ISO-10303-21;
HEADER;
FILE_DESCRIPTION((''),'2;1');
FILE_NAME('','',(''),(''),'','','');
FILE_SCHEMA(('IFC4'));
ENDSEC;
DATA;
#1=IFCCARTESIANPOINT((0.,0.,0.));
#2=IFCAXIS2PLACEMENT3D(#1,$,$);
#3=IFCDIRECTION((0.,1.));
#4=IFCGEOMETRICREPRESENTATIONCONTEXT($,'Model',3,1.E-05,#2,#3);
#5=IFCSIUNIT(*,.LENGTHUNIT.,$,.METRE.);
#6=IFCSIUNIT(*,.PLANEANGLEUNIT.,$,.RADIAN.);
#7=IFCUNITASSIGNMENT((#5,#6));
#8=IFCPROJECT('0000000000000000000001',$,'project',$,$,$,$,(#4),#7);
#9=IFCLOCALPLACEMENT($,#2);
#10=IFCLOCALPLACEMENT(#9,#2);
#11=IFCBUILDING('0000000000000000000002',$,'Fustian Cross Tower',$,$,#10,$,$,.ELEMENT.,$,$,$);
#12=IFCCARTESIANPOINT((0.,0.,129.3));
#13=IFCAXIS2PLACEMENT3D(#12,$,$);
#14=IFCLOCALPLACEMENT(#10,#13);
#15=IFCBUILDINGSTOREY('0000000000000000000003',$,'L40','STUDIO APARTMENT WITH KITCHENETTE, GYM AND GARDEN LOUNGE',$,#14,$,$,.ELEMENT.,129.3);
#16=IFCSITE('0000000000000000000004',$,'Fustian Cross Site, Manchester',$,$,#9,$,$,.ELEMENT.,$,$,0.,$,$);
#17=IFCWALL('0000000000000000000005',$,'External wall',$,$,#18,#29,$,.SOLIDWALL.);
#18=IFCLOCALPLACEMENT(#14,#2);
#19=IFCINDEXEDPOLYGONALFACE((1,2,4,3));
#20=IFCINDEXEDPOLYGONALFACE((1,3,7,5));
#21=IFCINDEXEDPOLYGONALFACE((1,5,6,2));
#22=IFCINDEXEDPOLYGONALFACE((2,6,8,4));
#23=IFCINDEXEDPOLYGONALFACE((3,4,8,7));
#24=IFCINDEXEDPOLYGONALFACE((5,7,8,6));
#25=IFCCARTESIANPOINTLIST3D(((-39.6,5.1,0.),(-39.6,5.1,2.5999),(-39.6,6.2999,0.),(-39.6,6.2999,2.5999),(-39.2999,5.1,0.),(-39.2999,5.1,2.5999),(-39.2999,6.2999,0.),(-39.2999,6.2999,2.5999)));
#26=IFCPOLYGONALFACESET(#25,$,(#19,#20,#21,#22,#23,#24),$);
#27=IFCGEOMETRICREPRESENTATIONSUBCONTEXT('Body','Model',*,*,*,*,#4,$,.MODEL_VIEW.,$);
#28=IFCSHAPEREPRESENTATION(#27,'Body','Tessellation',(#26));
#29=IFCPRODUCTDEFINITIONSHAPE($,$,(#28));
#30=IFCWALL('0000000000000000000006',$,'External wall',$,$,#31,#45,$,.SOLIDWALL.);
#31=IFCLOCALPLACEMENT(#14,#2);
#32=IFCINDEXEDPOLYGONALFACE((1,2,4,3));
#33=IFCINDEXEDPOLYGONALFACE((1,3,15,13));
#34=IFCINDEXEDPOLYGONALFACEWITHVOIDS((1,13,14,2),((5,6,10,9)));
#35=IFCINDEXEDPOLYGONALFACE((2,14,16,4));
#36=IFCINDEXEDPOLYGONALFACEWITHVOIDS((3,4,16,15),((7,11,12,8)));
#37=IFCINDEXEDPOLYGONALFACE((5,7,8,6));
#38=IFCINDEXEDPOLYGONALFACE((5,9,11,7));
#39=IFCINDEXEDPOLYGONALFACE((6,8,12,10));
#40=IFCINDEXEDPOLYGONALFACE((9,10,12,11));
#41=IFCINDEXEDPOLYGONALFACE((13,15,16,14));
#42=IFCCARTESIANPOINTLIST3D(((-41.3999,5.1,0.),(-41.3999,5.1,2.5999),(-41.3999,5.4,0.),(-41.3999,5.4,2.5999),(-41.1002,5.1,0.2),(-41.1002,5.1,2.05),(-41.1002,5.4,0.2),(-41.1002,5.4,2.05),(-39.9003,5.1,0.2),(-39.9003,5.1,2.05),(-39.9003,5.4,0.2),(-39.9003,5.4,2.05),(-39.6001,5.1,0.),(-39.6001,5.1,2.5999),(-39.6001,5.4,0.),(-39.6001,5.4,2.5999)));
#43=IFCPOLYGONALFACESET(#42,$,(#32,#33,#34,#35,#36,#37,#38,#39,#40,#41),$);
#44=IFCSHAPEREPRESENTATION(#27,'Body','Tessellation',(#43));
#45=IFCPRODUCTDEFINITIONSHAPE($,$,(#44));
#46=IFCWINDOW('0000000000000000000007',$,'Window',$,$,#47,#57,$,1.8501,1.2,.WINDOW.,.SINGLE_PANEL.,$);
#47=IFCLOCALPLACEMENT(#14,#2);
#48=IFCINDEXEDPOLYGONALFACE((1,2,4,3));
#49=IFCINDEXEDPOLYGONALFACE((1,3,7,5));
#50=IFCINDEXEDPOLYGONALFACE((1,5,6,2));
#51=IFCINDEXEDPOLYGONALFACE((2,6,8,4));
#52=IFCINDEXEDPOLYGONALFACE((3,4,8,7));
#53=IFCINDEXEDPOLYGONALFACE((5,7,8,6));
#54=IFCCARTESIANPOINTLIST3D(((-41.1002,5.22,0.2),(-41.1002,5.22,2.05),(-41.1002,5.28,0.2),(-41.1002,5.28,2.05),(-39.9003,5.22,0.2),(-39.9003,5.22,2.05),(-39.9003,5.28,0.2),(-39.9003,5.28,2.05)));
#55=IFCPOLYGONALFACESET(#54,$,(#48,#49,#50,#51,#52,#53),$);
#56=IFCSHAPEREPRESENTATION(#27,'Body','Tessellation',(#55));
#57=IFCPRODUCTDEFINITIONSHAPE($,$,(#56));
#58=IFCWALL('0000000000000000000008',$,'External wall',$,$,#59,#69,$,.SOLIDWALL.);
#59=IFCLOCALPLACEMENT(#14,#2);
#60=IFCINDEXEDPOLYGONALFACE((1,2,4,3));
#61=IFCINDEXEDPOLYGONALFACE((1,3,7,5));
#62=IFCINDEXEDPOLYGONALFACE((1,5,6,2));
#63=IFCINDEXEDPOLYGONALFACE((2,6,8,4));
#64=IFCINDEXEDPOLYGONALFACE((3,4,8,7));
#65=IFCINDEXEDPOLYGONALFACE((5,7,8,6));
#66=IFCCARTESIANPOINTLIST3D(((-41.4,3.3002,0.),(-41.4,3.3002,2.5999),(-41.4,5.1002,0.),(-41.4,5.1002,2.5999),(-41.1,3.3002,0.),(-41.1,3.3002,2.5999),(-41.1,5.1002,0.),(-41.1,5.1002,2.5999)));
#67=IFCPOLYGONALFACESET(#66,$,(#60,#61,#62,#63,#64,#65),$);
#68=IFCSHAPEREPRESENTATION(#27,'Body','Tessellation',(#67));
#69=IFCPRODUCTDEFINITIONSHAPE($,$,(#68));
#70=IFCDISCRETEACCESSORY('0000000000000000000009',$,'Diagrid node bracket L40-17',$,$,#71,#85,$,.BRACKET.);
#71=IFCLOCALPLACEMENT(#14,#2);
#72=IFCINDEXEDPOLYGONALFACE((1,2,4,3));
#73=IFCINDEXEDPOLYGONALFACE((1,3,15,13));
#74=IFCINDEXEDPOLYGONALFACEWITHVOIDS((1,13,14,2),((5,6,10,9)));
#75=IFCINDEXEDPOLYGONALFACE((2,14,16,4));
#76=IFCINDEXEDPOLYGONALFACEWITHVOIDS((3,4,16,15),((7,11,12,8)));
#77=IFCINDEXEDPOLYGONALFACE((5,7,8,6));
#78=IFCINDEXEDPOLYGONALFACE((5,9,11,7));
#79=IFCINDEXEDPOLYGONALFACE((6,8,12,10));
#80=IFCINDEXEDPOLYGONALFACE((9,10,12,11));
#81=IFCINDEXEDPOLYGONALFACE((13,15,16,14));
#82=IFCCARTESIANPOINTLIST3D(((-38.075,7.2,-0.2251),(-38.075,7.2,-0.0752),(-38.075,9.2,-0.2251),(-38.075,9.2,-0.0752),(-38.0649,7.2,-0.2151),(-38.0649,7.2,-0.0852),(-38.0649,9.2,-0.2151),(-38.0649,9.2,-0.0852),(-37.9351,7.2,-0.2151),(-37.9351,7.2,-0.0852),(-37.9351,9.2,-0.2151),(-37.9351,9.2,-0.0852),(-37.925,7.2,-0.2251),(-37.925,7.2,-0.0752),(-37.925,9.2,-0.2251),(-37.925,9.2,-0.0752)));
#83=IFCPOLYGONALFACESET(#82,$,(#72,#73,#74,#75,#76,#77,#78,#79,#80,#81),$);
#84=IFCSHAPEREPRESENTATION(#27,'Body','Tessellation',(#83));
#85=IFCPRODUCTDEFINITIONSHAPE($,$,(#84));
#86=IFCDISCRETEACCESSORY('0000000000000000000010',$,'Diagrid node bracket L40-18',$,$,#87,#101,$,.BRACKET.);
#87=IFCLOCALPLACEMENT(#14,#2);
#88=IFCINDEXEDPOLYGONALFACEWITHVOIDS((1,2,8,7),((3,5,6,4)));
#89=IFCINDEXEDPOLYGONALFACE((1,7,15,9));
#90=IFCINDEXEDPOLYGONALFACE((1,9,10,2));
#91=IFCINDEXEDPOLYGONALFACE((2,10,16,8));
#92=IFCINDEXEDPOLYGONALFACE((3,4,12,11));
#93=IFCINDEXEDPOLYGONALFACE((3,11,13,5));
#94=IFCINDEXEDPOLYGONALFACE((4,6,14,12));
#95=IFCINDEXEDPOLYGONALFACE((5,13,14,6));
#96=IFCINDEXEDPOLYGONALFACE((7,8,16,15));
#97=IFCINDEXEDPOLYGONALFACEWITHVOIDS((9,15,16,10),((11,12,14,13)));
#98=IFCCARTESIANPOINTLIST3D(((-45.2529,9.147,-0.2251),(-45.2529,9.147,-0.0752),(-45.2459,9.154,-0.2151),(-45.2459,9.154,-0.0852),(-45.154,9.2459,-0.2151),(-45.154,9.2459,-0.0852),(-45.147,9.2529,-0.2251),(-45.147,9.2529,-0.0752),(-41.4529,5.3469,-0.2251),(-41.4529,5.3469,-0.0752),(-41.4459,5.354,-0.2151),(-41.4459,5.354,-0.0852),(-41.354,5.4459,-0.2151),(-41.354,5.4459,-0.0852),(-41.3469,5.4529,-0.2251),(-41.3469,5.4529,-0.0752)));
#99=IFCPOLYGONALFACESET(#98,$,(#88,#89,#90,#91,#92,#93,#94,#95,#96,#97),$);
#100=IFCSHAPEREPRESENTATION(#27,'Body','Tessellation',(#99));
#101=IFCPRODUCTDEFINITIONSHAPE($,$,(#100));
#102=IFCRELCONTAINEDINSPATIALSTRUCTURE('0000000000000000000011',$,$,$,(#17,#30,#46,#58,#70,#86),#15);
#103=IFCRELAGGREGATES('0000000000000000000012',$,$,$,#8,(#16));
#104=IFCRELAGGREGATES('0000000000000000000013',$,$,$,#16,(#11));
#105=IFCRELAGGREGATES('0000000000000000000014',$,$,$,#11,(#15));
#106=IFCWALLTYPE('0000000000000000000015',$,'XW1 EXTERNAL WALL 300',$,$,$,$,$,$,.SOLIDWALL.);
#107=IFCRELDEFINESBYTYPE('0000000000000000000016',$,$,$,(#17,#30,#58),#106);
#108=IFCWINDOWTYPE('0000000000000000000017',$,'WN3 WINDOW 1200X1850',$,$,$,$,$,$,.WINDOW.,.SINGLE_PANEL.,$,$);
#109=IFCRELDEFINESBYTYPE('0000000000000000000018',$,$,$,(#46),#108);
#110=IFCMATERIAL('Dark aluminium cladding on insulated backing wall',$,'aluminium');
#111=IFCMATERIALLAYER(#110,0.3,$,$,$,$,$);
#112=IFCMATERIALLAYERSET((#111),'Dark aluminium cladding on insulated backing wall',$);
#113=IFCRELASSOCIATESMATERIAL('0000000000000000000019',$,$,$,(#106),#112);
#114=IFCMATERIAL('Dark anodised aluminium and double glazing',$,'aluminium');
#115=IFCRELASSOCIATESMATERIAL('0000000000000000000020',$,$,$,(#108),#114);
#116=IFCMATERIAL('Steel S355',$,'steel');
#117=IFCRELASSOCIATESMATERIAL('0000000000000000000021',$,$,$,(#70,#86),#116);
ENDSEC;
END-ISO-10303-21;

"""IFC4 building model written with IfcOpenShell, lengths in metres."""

from ifc_helpers import new_model, si_unit, direction, frame, frame_2d, origin, origin_2d, place, context, subcontext, project, spatial, rectangle, hollow_rectangle, extrude, material, layer, layer_set, type_object, element, fill, save


model = new_model("IFC4")

# Units and contexts
model_context = context("Model", 3, precision=1e-05, world=origin(), true_north=direction((0.0, 1.0)))
body_context = subcontext(model_context, "Body", "Model", "MODEL_VIEW")
ifc_project = project(units=[si_unit("LENGTHUNIT", "METRE"), si_unit("PLANEANGLEUNIT", "RADIAN")], contexts=[model_context])

# Site, building, storey
site_placement = place(None, origin())
site = spatial("IfcSite", under=ifc_project, at=site_placement, Name="Fustian Cross Site, Manchester", CompositionType="ELEMENT", RefElevation=0.0)
building_placement = place(site_placement, origin())
building = spatial("IfcBuilding", under=site, at=building_placement, Name="Fustian Cross Tower", CompositionType="ELEMENT")
storey_placement = place(building_placement, frame((0.0, 0.0, 129.3)))
storey = spatial("IfcBuildingStorey", under=building, at=storey_placement, Name="L40", Description="STUDIO APARTMENT WITH KITCHENETTE, GYM AND GARDEN LOUNGE", CompositionType="ELEMENT", Elevation=129.3)

# Shared definitions
ifc_material_1 = material(Name="Dark aluminium cladding on insulated backing wall", Category="aluminium")
ifc_layer = layer(ifc_material_1, 0.3)
ifc_layer_set = layer_set([ifc_layer], Name="Dark aluminium cladding on insulated backing wall")
wall_type = type_object("IfcWallType", Name="XW1 EXTERNAL WALL 300", PredefinedType="SOLIDWALL", material=ifc_layer_set)
ifc_material_2 = material(Name="Dark anodised aluminium and double glazing", Category="aluminium")
window_type = type_object("IfcWindowType", Name="WN3 WINDOW 1200X1850", PartitioningType="SINGLE_PANEL", PredefinedType="WINDOW", material=ifc_material_2)

# Wall
wall_1_placement = place(storey_placement, frame((-39.45, 6.3, 0.0), z_axis=(0.0, 0.0, 1.0), x_axis=(0.0, -1.0, 0.0)))
element("IfcWall", 1, at=wall_1_placement, inside=storey, type_object=wall_type, Name="External wall", PredefinedType="SOLIDWALL", context=body_context, shape_type="SweptSolid", body=[
    extrude(rectangle(XDim=1.2, YDim=0.3, at=frame_2d((0.6001, 0.0))), origin(), (0.0, 0.0, 1.0), 2.5999),
])

# Wall, opening, window
wall_2_placement = place(storey_placement, frame((-39.6001, 5.25, 0.0), z_axis=(0.0, 0.0, 1.0), x_axis=(-1.0, 0.0, 0.0)))
wall_2 = element("IfcWall", 2, at=wall_2_placement, inside=storey, type_object=wall_type, Name="External wall", PredefinedType="SOLIDWALL", context=body_context, shape_type="SweptSolid", body=[
    extrude(rectangle(XDim=1.7998, YDim=0.3, at=frame_2d((0.8999, 0.0))), origin(), (0.0, 0.0, 1.0), 2.5999),
])
opening_1_placement = place(wall_2_placement, frame((0.3, 0.0, 0.2)))
opening_1 = element("IfcOpeningElement", 3, at=opening_1_placement, cuts=wall_2, PredefinedType="OPENING", context=body_context, shape_type="SweptSolid", body=[
    extrude(rectangle(XDim=1.2, YDim=1.8501, at=frame_2d((0.6001, 0.925))), frame((0.0, 0.1599, 0.0), z_axis=(0.0, -1.0, 0.0), x_axis=(1.0, 0.0, 0.0)), (0.0, 0.0, 1.0), 0.3201),
])
window_1_placement = place(opening_1_placement, origin())
window_1 = element("IfcWindow", 4, at=window_1_placement, inside=storey, type_object=window_type, Name="Window", OverallHeight=1.8501, OverallWidth=1.2, PartitioningType="SINGLE_PANEL", PredefinedType="WINDOW", context=body_context, shape_type="SweptSolid", body=[
    extrude(rectangle(XDim=1.2, YDim=1.8501, at=frame_2d((0.6001, 0.925))), frame((0.0, 0.03, 0.0), z_axis=(0.0, -1.0, 0.0), x_axis=(1.0, 0.0, 0.0)), (0.0, 0.0, 1.0), 0.0601),
])
fill(opening_1, window_1)

# Wall
wall_3_placement = place(storey_placement, frame((-41.25, 5.1001, 0.0), z_axis=(0.0, 0.0, 1.0), x_axis=(0.0, -1.0, 0.0)))
element("IfcWall", 5, at=wall_3_placement, inside=storey, type_object=wall_type, Name="External wall", PredefinedType="SOLIDWALL", context=body_context, shape_type="SweptSolid", body=[
    extrude(rectangle(XDim=1.8, YDim=0.3, at=frame_2d((0.8999, 0.0))), origin(), (0.0, 0.0, 1.0), 2.5999),
])

# Discrete accessories
ifc_material_3 = material(Name="Steel S355", Category="steel")
discrete_accessory_1_placement = place(storey_placement, frame((-38.0, 9.2, -0.1501), z_axis=(0.0, -1.0, 0.0), x_axis=(1.0, 0.0, 0.0)))
element("IfcDiscreteAccessory", 6, at=discrete_accessory_1_placement, inside=storey, material=ifc_material_3, Name="Diagrid node bracket L40-17", PredefinedType="BRACKET", context=body_context, shape_type="SweptSolid", body=[
    extrude(hollow_rectangle(XDim=0.1499, YDim=0.1499, WallThickness=0.01, at=origin_2d()), origin(), (0.0, 0.0, 1.0), 2.0),
])
discrete_accessory_2_placement = place(storey_placement, frame((-45.2, 9.2, -0.1501), z_axis=(0.707107, -0.707107, 0.0), x_axis=(0.707107, 0.707107, 0.0)))
element("IfcDiscreteAccessory", 7, at=discrete_accessory_2_placement, inside=storey, material=ifc_material_3, Name="Diagrid node bracket L40-18", PredefinedType="BRACKET", context=body_context, shape_type="SweptSolid", body=[
    extrude(hollow_rectangle(XDim=0.1499, YDim=0.1499, WallThickness=0.01, at=origin_2d()), origin(), (0.0, 0.0, 1.0), 5.374),
])

save(model, "model.ifc")
